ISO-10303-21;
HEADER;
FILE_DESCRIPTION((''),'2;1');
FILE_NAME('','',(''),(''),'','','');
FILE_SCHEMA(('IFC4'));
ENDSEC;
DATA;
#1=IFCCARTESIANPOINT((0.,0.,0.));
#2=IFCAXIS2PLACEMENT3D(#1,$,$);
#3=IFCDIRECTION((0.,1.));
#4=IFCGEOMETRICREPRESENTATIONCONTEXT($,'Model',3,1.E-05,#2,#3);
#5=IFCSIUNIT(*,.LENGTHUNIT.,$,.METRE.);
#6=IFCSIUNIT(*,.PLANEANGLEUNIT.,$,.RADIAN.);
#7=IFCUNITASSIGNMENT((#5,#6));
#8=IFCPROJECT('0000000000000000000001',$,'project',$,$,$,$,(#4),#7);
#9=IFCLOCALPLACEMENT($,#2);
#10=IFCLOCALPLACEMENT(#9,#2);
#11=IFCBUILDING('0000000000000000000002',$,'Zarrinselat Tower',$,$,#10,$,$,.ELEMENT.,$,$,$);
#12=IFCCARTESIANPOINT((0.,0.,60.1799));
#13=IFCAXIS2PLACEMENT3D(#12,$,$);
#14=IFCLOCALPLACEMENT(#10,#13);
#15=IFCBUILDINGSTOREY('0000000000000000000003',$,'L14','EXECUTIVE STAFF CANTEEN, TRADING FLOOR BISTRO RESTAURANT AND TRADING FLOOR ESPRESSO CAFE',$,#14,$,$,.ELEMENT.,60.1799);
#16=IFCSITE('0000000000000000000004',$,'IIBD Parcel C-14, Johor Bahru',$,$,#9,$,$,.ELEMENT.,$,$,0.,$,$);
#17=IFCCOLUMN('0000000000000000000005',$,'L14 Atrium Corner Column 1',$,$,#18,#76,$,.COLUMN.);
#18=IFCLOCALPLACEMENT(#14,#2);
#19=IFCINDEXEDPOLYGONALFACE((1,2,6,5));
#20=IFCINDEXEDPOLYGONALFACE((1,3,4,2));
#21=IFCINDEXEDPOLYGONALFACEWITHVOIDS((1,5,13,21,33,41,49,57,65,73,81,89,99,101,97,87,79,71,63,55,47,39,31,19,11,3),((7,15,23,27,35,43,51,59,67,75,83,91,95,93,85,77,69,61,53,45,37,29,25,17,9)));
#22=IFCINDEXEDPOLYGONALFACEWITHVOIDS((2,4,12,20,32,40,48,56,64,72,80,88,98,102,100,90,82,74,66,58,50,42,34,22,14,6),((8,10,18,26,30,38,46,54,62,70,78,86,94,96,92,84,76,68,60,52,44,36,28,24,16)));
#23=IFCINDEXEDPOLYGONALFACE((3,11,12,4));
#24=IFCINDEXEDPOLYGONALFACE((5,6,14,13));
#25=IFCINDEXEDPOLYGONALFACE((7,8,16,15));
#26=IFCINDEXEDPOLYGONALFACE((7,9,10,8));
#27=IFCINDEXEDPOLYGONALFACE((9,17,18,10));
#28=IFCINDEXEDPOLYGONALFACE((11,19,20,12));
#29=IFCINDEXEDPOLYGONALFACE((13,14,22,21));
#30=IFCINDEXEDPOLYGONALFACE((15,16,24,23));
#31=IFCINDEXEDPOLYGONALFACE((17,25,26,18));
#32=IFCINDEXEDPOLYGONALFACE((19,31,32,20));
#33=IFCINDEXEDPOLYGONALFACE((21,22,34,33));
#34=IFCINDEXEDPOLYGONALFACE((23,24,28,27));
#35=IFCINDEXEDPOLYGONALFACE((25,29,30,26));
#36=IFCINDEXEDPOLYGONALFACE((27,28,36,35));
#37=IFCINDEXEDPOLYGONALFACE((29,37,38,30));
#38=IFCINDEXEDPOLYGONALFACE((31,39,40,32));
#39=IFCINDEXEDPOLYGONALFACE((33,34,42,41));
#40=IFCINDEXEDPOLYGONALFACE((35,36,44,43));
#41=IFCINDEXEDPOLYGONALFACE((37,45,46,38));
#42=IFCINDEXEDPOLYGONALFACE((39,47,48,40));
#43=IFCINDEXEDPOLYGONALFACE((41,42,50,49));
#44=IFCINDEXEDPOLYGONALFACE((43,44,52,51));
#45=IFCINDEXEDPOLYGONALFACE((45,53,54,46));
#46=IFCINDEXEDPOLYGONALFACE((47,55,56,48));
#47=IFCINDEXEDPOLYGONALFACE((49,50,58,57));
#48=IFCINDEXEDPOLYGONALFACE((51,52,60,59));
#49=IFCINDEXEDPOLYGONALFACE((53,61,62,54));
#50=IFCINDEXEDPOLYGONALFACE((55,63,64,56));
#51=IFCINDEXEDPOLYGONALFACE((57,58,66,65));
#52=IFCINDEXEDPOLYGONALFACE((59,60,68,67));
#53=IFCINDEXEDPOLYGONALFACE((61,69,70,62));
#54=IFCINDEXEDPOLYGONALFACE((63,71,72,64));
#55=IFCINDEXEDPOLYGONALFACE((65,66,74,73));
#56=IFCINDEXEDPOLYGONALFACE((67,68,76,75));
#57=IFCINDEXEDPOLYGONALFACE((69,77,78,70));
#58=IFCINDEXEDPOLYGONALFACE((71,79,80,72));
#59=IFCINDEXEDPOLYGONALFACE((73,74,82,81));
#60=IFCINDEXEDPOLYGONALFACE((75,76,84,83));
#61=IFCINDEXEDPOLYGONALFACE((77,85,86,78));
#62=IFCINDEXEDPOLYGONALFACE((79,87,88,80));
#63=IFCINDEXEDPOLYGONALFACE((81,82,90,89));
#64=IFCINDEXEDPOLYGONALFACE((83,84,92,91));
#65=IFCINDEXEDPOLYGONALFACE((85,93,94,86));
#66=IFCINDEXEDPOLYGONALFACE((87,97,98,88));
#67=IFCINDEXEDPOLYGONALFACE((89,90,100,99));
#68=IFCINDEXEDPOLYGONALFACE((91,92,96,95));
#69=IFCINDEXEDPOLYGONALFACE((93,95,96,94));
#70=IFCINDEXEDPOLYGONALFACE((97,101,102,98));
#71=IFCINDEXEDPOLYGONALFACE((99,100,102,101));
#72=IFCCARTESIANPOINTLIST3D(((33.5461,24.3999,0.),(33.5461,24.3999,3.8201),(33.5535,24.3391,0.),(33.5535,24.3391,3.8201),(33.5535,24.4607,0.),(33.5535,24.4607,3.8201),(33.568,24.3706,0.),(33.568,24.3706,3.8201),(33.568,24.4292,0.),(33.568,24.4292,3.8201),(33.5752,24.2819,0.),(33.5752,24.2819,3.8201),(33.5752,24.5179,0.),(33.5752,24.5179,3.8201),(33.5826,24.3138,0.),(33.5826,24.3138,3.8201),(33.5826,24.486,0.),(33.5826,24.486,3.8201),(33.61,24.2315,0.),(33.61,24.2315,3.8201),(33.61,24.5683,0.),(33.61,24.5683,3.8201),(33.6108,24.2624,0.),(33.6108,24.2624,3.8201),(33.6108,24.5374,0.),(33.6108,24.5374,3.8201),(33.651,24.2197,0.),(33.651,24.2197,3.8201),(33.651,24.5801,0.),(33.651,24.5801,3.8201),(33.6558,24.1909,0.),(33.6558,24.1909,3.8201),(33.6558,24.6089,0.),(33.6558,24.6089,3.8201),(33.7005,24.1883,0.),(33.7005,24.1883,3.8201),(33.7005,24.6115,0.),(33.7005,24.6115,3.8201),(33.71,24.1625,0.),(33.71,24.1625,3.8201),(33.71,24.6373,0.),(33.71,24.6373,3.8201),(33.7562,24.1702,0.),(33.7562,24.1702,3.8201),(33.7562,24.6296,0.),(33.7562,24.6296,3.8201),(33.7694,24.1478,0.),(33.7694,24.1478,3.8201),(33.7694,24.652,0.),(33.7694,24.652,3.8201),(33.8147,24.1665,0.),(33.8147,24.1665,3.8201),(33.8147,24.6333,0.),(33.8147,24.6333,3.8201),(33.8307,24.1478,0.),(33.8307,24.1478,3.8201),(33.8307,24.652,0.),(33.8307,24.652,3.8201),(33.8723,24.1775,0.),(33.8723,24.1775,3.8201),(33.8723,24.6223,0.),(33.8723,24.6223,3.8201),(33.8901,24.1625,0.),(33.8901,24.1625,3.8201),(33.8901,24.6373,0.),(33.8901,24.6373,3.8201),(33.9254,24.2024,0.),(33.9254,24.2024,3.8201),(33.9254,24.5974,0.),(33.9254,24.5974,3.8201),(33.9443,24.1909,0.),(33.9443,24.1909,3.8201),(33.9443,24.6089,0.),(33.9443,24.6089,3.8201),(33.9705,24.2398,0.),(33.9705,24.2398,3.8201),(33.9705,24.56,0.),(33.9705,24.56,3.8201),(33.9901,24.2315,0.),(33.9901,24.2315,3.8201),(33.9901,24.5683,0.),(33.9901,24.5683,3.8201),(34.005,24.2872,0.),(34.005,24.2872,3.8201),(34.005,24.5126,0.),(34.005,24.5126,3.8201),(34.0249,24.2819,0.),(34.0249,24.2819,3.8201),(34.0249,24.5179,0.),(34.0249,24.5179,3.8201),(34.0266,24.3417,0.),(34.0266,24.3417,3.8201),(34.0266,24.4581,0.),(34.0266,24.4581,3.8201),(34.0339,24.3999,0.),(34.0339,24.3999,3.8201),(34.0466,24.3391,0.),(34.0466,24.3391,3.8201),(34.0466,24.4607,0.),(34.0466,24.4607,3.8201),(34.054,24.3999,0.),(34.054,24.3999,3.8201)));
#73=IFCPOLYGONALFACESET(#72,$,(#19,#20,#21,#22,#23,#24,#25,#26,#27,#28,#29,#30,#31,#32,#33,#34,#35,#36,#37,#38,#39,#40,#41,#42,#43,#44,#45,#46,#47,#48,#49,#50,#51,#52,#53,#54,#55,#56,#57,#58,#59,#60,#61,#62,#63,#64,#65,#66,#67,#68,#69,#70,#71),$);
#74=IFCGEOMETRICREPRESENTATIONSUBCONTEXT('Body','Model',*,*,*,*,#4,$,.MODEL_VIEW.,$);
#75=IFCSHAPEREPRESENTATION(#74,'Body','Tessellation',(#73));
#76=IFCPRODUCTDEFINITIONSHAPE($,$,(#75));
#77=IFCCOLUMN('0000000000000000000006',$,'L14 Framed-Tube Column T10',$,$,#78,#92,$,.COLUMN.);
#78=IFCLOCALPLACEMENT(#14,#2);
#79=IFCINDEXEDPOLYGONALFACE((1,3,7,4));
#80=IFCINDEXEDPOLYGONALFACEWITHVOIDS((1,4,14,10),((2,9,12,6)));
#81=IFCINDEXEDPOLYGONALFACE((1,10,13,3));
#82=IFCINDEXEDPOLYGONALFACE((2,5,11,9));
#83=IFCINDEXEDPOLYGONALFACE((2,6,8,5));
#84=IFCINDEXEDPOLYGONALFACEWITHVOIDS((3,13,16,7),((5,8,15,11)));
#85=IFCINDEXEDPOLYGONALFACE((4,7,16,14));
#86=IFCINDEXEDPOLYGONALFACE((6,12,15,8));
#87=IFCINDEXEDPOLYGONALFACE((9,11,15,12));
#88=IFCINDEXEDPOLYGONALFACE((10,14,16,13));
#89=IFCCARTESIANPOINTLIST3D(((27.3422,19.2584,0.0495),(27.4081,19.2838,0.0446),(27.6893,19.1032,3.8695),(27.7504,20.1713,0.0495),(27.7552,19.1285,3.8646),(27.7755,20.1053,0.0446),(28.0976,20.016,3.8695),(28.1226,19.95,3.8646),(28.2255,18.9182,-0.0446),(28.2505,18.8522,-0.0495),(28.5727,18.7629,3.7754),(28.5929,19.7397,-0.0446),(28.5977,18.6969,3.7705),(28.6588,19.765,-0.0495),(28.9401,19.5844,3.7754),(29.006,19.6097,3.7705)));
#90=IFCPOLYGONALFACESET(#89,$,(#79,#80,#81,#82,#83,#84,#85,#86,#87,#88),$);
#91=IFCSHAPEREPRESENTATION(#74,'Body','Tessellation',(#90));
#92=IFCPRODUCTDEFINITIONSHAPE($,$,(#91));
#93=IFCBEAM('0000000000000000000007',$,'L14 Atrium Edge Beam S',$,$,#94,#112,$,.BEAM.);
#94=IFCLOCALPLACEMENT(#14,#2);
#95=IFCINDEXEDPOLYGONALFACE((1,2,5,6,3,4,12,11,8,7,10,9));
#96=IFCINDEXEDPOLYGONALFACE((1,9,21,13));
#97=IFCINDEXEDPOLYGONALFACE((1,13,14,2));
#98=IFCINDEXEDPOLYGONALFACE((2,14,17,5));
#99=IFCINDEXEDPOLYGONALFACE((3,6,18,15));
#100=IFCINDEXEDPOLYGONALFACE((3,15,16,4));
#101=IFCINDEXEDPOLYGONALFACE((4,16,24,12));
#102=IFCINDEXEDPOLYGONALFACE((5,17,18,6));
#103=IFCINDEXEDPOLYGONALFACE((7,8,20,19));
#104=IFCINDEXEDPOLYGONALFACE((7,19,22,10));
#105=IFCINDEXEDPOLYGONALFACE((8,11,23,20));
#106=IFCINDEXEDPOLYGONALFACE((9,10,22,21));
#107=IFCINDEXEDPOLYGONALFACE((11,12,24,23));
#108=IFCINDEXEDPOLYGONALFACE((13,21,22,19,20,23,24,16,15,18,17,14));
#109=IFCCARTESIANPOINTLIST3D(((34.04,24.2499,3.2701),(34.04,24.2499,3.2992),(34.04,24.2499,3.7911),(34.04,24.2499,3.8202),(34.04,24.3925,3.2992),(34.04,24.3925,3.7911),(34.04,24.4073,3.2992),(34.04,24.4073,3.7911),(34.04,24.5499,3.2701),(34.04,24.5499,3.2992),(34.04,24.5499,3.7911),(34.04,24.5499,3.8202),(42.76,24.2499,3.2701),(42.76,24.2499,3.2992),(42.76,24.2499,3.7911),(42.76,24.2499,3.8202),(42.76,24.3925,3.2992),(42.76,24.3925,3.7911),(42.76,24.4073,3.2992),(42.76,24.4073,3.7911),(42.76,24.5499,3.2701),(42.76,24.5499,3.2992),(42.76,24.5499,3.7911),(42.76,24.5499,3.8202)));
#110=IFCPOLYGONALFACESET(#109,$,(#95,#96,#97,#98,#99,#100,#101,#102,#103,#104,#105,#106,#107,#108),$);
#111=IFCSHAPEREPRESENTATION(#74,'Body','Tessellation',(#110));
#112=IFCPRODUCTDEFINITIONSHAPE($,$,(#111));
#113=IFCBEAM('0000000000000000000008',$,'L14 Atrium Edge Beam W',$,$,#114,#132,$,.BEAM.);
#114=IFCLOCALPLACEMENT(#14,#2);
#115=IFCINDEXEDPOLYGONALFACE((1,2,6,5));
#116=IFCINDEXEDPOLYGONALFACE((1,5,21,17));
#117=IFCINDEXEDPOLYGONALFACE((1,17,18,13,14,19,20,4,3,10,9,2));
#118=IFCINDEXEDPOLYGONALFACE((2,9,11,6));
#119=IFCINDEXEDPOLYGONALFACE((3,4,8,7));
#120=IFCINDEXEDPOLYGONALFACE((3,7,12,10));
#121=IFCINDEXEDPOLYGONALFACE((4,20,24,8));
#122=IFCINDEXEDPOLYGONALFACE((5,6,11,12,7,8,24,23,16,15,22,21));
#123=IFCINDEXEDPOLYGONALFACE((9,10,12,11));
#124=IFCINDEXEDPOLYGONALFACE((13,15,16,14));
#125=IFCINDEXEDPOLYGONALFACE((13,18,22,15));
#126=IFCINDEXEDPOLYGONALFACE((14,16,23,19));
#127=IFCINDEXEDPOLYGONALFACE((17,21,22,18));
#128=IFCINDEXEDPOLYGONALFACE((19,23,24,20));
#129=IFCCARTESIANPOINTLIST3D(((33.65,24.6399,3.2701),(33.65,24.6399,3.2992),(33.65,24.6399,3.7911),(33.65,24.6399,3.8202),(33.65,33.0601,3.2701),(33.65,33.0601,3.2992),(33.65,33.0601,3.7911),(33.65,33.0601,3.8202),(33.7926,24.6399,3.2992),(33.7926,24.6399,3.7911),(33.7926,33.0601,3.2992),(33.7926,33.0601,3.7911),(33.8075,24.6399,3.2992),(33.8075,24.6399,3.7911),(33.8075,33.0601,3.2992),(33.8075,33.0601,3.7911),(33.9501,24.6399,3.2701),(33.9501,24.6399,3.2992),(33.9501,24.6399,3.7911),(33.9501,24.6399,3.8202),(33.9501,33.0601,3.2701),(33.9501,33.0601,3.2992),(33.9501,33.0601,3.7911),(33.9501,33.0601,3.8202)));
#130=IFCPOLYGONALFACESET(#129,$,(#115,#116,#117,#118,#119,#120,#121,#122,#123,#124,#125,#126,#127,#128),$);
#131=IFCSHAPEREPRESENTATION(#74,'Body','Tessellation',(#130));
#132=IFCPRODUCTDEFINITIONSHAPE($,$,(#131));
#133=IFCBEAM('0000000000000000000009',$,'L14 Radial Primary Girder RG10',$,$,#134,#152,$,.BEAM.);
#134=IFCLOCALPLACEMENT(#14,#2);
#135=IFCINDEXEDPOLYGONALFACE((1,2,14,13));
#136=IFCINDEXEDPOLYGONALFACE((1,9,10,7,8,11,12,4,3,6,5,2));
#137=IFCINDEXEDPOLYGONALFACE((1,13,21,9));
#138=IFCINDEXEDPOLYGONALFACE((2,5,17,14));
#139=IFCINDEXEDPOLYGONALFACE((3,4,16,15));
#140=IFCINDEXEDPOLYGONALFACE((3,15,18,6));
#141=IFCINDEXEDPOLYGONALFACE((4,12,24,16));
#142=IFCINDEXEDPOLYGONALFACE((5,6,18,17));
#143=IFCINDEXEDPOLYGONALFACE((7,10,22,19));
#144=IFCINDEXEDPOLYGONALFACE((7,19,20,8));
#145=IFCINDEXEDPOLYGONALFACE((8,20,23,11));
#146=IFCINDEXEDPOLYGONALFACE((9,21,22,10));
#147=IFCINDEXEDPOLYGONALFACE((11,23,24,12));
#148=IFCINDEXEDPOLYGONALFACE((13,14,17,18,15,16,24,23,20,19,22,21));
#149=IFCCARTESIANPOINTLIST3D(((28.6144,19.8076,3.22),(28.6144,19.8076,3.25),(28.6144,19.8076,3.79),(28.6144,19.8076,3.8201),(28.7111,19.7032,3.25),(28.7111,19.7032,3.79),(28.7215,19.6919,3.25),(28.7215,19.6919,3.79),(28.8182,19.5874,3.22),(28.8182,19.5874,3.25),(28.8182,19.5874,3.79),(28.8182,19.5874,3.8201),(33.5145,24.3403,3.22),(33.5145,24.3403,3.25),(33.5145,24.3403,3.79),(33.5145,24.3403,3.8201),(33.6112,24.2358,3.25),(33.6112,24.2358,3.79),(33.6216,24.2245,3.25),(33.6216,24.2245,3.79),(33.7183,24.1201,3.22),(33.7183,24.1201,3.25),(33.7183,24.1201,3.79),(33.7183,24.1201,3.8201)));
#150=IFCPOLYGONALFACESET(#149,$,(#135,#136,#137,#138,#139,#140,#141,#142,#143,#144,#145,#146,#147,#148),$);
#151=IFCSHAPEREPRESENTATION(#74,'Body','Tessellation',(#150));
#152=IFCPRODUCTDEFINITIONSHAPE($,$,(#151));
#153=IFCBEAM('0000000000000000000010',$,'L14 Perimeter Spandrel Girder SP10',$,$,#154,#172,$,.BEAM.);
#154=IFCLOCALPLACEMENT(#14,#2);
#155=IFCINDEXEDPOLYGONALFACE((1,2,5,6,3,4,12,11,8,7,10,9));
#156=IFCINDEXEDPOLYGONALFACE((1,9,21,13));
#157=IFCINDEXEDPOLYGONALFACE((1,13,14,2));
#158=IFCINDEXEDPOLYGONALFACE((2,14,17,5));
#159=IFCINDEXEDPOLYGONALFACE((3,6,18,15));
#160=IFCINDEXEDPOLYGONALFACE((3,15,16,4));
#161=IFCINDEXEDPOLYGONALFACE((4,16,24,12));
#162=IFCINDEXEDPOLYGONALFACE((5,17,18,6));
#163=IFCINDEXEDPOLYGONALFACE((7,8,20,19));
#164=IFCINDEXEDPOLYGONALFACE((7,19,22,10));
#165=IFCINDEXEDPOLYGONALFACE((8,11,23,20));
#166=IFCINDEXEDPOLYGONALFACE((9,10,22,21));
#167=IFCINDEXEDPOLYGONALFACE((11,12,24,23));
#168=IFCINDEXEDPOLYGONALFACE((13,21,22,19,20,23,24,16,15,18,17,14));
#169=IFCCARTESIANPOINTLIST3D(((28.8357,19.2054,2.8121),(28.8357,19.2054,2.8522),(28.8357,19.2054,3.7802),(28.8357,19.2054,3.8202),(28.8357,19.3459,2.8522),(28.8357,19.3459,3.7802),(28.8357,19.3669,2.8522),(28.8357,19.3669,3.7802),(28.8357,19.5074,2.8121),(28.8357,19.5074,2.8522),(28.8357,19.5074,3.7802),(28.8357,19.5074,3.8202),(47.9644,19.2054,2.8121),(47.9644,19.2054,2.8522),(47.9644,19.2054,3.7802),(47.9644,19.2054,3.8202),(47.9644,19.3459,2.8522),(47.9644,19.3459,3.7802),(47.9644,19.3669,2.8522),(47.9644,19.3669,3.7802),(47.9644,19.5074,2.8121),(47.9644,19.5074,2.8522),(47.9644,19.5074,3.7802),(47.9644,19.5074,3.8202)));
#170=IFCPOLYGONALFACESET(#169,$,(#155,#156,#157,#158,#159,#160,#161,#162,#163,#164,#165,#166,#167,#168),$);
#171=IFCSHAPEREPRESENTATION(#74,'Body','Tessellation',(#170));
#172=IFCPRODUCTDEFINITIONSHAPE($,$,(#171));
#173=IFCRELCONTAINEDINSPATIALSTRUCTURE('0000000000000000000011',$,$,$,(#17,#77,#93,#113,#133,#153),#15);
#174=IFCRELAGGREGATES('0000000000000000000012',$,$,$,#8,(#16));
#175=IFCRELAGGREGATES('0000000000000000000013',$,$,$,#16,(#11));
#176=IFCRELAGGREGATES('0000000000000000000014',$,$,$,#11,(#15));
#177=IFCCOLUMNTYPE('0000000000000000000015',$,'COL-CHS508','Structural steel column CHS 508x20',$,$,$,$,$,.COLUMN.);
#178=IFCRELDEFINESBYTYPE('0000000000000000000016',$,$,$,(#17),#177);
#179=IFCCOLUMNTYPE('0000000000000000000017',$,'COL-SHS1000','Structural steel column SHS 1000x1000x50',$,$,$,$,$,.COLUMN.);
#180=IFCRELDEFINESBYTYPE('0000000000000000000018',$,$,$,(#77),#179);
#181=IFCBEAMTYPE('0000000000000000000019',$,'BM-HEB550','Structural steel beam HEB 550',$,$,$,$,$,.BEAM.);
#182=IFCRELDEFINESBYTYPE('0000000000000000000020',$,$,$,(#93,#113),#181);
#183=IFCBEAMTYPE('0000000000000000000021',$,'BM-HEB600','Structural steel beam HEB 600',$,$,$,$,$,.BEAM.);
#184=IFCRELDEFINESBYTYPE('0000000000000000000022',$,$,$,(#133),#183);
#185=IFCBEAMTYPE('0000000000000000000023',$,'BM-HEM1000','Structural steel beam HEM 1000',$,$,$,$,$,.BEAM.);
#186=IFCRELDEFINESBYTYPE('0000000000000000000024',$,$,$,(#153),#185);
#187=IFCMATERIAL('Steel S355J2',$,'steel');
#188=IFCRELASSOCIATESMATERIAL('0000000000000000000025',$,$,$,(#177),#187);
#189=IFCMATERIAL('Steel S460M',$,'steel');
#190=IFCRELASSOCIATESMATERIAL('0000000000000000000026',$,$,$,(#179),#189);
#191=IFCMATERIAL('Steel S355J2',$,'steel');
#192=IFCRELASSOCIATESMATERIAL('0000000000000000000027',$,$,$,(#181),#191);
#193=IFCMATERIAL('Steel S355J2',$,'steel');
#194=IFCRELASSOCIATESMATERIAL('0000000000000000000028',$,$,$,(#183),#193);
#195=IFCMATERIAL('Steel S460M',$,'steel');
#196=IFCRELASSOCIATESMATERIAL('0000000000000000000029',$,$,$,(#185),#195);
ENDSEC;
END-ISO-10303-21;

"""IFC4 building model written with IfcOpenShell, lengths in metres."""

from ifc_helpers import new_model, si_unit, direction, frame, origin, origin_2d, place, context, subcontext, project, spatial, hollow_rectangle, hollow_circle, i_section, extrude, material, material_profile, profile_set, type_object, element, save


model = new_model("IFC4")

# Units and contexts
model_context = context("Model", 3, precision=1e-05, world=origin(), true_north=direction((0.0, 1.0)))
body_context = subcontext(model_context, "Body", "Model", "MODEL_VIEW")
ifc_project = project(units=[si_unit("LENGTHUNIT", "METRE"), si_unit("PLANEANGLEUNIT", "RADIAN")], contexts=[model_context])

# Site, building, storey
site_placement = place(None, origin())
site = spatial("IfcSite", under=ifc_project, at=site_placement, Name="IIBD Parcel C-14, Johor Bahru", CompositionType="ELEMENT", RefElevation=0.0)
building_placement = place(site_placement, origin())
building = spatial("IfcBuilding", under=site, at=building_placement, Name="Zarrinselat Tower", CompositionType="ELEMENT")
storey_placement = place(building_placement, frame((0.0, 0.0, 60.1799)))
storey = spatial("IfcBuildingStorey", under=building, at=storey_placement, Name="L14", Description="EXECUTIVE STAFF CANTEEN, TRADING FLOOR BISTRO RESTAURANT AND TRADING FLOOR ESPRESSO CAFE", CompositionType="ELEMENT", Elevation=60.1799)

# Columns
ifc_material_1 = material(Name="Steel S355J2", Category="steel")
ifc_material_profile_1 = material_profile(ifc_material_1, hollow_circle(Radius=0.2539, WallThickness=0.02, at=origin_2d()), Name="CHS 508x20")
ifc_profile_set_1 = profile_set([ifc_material_profile_1], Name="Steel S355J2")
column_type_1 = type_object("IfcColumnType", Name="COL-CHS508", Description="Structural steel column CHS 508x20", PredefinedType="COLUMN", material=ifc_profile_set_1)
column_1_placement = place(storey_placement, frame((33.8, 24.3999, 0.0), z_axis=(0.0, 0.0, 1.0), x_axis=(1.0, 0.0, 0.0)))
element("IfcColumn", 1, at=column_1_placement, inside=storey, type_object=column_type_1, Name="L14 Atrium Corner Column 1", PredefinedType="COLUMN", context=body_context, shape_type="SweptSolid", body=[
    extrude(hollow_circle(Radius=0.2539, WallThickness=0.02, at=origin_2d()), origin(), (0.0, 0.0, 1.0), 3.8201),
])
ifc_material_2 = material(Name="Steel S460M", Category="steel")
ifc_material_profile_2 = material_profile(ifc_material_2, hollow_rectangle(XDim=1.0, YDim=1.0, WallThickness=0.05, at=origin_2d()), Name="SHS 1000x1000x50")
ifc_profile_set_2 = profile_set([ifc_material_profile_2], Name="Steel S460M")
column_type_2 = type_object("IfcColumnType", Name="COL-SHS1000", Description="Structural steel column SHS 1000x1000x50", PredefinedType="COLUMN", material=ifc_profile_set_2)
column_2_placement = place(storey_placement, frame((28.0005, 19.5117, 0.0), z_axis=(0.090433, -0.040447, 0.995081), x_axis=(0.408282, 0.912856, 0.0)))
element("IfcColumn", 2, at=column_2_placement, inside=storey, type_object=column_type_2, Name="L14 Framed-Tube Column T10", PredefinedType="COLUMN", context=body_context, shape_type="SweptSolid", body=[
    extrude(hollow_rectangle(XDim=1.0, YDim=1.0, WallThickness=0.05, at=origin_2d()), origin(), (0.0, 0.0, 1.0), 3.8389),
])

# Beams
ifc_material_3 = material(Name="Steel S355J2", Category="steel")
ifc_material_profile_3 = material_profile(ifc_material_3, i_section(OverallWidth=0.3, OverallDepth=0.55, WebThickness=0.0149, FlangeThickness=0.0291, at=origin_2d()), Name="HEB 550")
ifc_profile_set_3 = profile_set([ifc_material_profile_3], Name="Steel S355J2")
beam_type_1 = type_object("IfcBeamType", Name="BM-HEB550", Description="Structural steel beam HEB 550", PredefinedType="BEAM", material=ifc_profile_set_3)
beam_1_placement = place(storey_placement, frame((34.04, 24.3999, 3.5452), z_axis=(1.0, 0.0, 0.0), x_axis=(0.0, 1.0, 0.0)))
element("IfcBeam", 3, at=beam_1_placement, inside=storey, type_object=beam_type_1, Name="L14 Atrium Edge Beam S", PredefinedType="BEAM", context=body_context, shape_type="SweptSolid", body=[
    extrude(i_section(OverallWidth=0.3, OverallDepth=0.55, WebThickness=0.0149, FlangeThickness=0.0291, at=origin_2d()), origin(), (0.0, 0.0, 1.0), 8.72),
])
beam_2_placement = place(storey_placement, frame((33.8, 24.6399, 3.5452), z_axis=(0.0, 1.0, 0.0), x_axis=(-1.0, 0.0, 0.0)))
element("IfcBeam", 4, at=beam_2_placement, inside=storey, type_object=beam_type_1, Name="L14 Atrium Edge Beam W", PredefinedType="BEAM", context=body_context, shape_type="SweptSolid", body=[
    extrude(i_section(OverallWidth=0.3, OverallDepth=0.55, WebThickness=0.0149, FlangeThickness=0.0291, at=origin_2d()), origin(), (0.0, 0.0, 1.0), 8.4202),
])
ifc_material_4 = material(Name="Steel S355J2", Category="steel")
ifc_material_profile_4 = material_profile(ifc_material_4, i_section(OverallWidth=0.3, OverallDepth=0.6001, WebThickness=0.0154, FlangeThickness=0.03, at=origin_2d()), Name="HEB 600")
ifc_profile_set_4 = profile_set([ifc_material_profile_4], Name="Steel S355J2")
beam_type_2 = type_object("IfcBeamType", Name="BM-HEB600", Description="Structural steel beam HEB 600", PredefinedType="BEAM", material=ifc_profile_set_4)
beam_3_placement = place(storey_placement, frame((28.7163, 19.6975, 3.52), z_axis=(0.734094, 0.679048, 0.0), x_axis=(-0.679048, 0.734094, 0.0)))
element("IfcBeam", 5, at=beam_3_placement, inside=storey, type_object=beam_type_2, Name="L14 Radial Primary Girder RG10", PredefinedType="BEAM", context=body_context, shape_type="SweptSolid", body=[
    extrude(i_section(OverallWidth=0.3, OverallDepth=0.6001, WebThickness=0.0154, FlangeThickness=0.03, at=origin_2d()), origin(), (0.0, 0.0, 1.0), 6.675),
])
ifc_material_5 = material(Name="Steel S460M", Category="steel")
ifc_material_profile_5 = material_profile(ifc_material_5, i_section(OverallWidth=0.302, OverallDepth=1.0081, WebThickness=0.021, FlangeThickness=0.04, at=origin_2d()), Name="HEM 1000")
ifc_profile_set_5 = profile_set([ifc_material_profile_5], Name="Steel S460M")
beam_type_3 = type_object("IfcBeamType", Name="BM-HEM1000", Description="Structural steel beam HEM 1000", PredefinedType="BEAM", material=ifc_profile_set_5)
beam_4_placement = place(storey_placement, frame((28.8357, 19.3564, 3.3162), z_axis=(1.0, 0.0, 0.0), x_axis=(0.0, 1.0, 0.0)))
element("IfcBeam", 6, at=beam_4_placement, inside=storey, type_object=beam_type_3, Name="L14 Perimeter Spandrel Girder SP10", PredefinedType="BEAM", context=body_context, shape_type="SweptSolid", body=[
    extrude(i_section(OverallWidth=0.302, OverallDepth=1.0081, WebThickness=0.021, FlangeThickness=0.04, at=origin_2d()), origin(), (0.0, 0.0, 1.0), 19.1287),
])

save(model, "model.ifc")
